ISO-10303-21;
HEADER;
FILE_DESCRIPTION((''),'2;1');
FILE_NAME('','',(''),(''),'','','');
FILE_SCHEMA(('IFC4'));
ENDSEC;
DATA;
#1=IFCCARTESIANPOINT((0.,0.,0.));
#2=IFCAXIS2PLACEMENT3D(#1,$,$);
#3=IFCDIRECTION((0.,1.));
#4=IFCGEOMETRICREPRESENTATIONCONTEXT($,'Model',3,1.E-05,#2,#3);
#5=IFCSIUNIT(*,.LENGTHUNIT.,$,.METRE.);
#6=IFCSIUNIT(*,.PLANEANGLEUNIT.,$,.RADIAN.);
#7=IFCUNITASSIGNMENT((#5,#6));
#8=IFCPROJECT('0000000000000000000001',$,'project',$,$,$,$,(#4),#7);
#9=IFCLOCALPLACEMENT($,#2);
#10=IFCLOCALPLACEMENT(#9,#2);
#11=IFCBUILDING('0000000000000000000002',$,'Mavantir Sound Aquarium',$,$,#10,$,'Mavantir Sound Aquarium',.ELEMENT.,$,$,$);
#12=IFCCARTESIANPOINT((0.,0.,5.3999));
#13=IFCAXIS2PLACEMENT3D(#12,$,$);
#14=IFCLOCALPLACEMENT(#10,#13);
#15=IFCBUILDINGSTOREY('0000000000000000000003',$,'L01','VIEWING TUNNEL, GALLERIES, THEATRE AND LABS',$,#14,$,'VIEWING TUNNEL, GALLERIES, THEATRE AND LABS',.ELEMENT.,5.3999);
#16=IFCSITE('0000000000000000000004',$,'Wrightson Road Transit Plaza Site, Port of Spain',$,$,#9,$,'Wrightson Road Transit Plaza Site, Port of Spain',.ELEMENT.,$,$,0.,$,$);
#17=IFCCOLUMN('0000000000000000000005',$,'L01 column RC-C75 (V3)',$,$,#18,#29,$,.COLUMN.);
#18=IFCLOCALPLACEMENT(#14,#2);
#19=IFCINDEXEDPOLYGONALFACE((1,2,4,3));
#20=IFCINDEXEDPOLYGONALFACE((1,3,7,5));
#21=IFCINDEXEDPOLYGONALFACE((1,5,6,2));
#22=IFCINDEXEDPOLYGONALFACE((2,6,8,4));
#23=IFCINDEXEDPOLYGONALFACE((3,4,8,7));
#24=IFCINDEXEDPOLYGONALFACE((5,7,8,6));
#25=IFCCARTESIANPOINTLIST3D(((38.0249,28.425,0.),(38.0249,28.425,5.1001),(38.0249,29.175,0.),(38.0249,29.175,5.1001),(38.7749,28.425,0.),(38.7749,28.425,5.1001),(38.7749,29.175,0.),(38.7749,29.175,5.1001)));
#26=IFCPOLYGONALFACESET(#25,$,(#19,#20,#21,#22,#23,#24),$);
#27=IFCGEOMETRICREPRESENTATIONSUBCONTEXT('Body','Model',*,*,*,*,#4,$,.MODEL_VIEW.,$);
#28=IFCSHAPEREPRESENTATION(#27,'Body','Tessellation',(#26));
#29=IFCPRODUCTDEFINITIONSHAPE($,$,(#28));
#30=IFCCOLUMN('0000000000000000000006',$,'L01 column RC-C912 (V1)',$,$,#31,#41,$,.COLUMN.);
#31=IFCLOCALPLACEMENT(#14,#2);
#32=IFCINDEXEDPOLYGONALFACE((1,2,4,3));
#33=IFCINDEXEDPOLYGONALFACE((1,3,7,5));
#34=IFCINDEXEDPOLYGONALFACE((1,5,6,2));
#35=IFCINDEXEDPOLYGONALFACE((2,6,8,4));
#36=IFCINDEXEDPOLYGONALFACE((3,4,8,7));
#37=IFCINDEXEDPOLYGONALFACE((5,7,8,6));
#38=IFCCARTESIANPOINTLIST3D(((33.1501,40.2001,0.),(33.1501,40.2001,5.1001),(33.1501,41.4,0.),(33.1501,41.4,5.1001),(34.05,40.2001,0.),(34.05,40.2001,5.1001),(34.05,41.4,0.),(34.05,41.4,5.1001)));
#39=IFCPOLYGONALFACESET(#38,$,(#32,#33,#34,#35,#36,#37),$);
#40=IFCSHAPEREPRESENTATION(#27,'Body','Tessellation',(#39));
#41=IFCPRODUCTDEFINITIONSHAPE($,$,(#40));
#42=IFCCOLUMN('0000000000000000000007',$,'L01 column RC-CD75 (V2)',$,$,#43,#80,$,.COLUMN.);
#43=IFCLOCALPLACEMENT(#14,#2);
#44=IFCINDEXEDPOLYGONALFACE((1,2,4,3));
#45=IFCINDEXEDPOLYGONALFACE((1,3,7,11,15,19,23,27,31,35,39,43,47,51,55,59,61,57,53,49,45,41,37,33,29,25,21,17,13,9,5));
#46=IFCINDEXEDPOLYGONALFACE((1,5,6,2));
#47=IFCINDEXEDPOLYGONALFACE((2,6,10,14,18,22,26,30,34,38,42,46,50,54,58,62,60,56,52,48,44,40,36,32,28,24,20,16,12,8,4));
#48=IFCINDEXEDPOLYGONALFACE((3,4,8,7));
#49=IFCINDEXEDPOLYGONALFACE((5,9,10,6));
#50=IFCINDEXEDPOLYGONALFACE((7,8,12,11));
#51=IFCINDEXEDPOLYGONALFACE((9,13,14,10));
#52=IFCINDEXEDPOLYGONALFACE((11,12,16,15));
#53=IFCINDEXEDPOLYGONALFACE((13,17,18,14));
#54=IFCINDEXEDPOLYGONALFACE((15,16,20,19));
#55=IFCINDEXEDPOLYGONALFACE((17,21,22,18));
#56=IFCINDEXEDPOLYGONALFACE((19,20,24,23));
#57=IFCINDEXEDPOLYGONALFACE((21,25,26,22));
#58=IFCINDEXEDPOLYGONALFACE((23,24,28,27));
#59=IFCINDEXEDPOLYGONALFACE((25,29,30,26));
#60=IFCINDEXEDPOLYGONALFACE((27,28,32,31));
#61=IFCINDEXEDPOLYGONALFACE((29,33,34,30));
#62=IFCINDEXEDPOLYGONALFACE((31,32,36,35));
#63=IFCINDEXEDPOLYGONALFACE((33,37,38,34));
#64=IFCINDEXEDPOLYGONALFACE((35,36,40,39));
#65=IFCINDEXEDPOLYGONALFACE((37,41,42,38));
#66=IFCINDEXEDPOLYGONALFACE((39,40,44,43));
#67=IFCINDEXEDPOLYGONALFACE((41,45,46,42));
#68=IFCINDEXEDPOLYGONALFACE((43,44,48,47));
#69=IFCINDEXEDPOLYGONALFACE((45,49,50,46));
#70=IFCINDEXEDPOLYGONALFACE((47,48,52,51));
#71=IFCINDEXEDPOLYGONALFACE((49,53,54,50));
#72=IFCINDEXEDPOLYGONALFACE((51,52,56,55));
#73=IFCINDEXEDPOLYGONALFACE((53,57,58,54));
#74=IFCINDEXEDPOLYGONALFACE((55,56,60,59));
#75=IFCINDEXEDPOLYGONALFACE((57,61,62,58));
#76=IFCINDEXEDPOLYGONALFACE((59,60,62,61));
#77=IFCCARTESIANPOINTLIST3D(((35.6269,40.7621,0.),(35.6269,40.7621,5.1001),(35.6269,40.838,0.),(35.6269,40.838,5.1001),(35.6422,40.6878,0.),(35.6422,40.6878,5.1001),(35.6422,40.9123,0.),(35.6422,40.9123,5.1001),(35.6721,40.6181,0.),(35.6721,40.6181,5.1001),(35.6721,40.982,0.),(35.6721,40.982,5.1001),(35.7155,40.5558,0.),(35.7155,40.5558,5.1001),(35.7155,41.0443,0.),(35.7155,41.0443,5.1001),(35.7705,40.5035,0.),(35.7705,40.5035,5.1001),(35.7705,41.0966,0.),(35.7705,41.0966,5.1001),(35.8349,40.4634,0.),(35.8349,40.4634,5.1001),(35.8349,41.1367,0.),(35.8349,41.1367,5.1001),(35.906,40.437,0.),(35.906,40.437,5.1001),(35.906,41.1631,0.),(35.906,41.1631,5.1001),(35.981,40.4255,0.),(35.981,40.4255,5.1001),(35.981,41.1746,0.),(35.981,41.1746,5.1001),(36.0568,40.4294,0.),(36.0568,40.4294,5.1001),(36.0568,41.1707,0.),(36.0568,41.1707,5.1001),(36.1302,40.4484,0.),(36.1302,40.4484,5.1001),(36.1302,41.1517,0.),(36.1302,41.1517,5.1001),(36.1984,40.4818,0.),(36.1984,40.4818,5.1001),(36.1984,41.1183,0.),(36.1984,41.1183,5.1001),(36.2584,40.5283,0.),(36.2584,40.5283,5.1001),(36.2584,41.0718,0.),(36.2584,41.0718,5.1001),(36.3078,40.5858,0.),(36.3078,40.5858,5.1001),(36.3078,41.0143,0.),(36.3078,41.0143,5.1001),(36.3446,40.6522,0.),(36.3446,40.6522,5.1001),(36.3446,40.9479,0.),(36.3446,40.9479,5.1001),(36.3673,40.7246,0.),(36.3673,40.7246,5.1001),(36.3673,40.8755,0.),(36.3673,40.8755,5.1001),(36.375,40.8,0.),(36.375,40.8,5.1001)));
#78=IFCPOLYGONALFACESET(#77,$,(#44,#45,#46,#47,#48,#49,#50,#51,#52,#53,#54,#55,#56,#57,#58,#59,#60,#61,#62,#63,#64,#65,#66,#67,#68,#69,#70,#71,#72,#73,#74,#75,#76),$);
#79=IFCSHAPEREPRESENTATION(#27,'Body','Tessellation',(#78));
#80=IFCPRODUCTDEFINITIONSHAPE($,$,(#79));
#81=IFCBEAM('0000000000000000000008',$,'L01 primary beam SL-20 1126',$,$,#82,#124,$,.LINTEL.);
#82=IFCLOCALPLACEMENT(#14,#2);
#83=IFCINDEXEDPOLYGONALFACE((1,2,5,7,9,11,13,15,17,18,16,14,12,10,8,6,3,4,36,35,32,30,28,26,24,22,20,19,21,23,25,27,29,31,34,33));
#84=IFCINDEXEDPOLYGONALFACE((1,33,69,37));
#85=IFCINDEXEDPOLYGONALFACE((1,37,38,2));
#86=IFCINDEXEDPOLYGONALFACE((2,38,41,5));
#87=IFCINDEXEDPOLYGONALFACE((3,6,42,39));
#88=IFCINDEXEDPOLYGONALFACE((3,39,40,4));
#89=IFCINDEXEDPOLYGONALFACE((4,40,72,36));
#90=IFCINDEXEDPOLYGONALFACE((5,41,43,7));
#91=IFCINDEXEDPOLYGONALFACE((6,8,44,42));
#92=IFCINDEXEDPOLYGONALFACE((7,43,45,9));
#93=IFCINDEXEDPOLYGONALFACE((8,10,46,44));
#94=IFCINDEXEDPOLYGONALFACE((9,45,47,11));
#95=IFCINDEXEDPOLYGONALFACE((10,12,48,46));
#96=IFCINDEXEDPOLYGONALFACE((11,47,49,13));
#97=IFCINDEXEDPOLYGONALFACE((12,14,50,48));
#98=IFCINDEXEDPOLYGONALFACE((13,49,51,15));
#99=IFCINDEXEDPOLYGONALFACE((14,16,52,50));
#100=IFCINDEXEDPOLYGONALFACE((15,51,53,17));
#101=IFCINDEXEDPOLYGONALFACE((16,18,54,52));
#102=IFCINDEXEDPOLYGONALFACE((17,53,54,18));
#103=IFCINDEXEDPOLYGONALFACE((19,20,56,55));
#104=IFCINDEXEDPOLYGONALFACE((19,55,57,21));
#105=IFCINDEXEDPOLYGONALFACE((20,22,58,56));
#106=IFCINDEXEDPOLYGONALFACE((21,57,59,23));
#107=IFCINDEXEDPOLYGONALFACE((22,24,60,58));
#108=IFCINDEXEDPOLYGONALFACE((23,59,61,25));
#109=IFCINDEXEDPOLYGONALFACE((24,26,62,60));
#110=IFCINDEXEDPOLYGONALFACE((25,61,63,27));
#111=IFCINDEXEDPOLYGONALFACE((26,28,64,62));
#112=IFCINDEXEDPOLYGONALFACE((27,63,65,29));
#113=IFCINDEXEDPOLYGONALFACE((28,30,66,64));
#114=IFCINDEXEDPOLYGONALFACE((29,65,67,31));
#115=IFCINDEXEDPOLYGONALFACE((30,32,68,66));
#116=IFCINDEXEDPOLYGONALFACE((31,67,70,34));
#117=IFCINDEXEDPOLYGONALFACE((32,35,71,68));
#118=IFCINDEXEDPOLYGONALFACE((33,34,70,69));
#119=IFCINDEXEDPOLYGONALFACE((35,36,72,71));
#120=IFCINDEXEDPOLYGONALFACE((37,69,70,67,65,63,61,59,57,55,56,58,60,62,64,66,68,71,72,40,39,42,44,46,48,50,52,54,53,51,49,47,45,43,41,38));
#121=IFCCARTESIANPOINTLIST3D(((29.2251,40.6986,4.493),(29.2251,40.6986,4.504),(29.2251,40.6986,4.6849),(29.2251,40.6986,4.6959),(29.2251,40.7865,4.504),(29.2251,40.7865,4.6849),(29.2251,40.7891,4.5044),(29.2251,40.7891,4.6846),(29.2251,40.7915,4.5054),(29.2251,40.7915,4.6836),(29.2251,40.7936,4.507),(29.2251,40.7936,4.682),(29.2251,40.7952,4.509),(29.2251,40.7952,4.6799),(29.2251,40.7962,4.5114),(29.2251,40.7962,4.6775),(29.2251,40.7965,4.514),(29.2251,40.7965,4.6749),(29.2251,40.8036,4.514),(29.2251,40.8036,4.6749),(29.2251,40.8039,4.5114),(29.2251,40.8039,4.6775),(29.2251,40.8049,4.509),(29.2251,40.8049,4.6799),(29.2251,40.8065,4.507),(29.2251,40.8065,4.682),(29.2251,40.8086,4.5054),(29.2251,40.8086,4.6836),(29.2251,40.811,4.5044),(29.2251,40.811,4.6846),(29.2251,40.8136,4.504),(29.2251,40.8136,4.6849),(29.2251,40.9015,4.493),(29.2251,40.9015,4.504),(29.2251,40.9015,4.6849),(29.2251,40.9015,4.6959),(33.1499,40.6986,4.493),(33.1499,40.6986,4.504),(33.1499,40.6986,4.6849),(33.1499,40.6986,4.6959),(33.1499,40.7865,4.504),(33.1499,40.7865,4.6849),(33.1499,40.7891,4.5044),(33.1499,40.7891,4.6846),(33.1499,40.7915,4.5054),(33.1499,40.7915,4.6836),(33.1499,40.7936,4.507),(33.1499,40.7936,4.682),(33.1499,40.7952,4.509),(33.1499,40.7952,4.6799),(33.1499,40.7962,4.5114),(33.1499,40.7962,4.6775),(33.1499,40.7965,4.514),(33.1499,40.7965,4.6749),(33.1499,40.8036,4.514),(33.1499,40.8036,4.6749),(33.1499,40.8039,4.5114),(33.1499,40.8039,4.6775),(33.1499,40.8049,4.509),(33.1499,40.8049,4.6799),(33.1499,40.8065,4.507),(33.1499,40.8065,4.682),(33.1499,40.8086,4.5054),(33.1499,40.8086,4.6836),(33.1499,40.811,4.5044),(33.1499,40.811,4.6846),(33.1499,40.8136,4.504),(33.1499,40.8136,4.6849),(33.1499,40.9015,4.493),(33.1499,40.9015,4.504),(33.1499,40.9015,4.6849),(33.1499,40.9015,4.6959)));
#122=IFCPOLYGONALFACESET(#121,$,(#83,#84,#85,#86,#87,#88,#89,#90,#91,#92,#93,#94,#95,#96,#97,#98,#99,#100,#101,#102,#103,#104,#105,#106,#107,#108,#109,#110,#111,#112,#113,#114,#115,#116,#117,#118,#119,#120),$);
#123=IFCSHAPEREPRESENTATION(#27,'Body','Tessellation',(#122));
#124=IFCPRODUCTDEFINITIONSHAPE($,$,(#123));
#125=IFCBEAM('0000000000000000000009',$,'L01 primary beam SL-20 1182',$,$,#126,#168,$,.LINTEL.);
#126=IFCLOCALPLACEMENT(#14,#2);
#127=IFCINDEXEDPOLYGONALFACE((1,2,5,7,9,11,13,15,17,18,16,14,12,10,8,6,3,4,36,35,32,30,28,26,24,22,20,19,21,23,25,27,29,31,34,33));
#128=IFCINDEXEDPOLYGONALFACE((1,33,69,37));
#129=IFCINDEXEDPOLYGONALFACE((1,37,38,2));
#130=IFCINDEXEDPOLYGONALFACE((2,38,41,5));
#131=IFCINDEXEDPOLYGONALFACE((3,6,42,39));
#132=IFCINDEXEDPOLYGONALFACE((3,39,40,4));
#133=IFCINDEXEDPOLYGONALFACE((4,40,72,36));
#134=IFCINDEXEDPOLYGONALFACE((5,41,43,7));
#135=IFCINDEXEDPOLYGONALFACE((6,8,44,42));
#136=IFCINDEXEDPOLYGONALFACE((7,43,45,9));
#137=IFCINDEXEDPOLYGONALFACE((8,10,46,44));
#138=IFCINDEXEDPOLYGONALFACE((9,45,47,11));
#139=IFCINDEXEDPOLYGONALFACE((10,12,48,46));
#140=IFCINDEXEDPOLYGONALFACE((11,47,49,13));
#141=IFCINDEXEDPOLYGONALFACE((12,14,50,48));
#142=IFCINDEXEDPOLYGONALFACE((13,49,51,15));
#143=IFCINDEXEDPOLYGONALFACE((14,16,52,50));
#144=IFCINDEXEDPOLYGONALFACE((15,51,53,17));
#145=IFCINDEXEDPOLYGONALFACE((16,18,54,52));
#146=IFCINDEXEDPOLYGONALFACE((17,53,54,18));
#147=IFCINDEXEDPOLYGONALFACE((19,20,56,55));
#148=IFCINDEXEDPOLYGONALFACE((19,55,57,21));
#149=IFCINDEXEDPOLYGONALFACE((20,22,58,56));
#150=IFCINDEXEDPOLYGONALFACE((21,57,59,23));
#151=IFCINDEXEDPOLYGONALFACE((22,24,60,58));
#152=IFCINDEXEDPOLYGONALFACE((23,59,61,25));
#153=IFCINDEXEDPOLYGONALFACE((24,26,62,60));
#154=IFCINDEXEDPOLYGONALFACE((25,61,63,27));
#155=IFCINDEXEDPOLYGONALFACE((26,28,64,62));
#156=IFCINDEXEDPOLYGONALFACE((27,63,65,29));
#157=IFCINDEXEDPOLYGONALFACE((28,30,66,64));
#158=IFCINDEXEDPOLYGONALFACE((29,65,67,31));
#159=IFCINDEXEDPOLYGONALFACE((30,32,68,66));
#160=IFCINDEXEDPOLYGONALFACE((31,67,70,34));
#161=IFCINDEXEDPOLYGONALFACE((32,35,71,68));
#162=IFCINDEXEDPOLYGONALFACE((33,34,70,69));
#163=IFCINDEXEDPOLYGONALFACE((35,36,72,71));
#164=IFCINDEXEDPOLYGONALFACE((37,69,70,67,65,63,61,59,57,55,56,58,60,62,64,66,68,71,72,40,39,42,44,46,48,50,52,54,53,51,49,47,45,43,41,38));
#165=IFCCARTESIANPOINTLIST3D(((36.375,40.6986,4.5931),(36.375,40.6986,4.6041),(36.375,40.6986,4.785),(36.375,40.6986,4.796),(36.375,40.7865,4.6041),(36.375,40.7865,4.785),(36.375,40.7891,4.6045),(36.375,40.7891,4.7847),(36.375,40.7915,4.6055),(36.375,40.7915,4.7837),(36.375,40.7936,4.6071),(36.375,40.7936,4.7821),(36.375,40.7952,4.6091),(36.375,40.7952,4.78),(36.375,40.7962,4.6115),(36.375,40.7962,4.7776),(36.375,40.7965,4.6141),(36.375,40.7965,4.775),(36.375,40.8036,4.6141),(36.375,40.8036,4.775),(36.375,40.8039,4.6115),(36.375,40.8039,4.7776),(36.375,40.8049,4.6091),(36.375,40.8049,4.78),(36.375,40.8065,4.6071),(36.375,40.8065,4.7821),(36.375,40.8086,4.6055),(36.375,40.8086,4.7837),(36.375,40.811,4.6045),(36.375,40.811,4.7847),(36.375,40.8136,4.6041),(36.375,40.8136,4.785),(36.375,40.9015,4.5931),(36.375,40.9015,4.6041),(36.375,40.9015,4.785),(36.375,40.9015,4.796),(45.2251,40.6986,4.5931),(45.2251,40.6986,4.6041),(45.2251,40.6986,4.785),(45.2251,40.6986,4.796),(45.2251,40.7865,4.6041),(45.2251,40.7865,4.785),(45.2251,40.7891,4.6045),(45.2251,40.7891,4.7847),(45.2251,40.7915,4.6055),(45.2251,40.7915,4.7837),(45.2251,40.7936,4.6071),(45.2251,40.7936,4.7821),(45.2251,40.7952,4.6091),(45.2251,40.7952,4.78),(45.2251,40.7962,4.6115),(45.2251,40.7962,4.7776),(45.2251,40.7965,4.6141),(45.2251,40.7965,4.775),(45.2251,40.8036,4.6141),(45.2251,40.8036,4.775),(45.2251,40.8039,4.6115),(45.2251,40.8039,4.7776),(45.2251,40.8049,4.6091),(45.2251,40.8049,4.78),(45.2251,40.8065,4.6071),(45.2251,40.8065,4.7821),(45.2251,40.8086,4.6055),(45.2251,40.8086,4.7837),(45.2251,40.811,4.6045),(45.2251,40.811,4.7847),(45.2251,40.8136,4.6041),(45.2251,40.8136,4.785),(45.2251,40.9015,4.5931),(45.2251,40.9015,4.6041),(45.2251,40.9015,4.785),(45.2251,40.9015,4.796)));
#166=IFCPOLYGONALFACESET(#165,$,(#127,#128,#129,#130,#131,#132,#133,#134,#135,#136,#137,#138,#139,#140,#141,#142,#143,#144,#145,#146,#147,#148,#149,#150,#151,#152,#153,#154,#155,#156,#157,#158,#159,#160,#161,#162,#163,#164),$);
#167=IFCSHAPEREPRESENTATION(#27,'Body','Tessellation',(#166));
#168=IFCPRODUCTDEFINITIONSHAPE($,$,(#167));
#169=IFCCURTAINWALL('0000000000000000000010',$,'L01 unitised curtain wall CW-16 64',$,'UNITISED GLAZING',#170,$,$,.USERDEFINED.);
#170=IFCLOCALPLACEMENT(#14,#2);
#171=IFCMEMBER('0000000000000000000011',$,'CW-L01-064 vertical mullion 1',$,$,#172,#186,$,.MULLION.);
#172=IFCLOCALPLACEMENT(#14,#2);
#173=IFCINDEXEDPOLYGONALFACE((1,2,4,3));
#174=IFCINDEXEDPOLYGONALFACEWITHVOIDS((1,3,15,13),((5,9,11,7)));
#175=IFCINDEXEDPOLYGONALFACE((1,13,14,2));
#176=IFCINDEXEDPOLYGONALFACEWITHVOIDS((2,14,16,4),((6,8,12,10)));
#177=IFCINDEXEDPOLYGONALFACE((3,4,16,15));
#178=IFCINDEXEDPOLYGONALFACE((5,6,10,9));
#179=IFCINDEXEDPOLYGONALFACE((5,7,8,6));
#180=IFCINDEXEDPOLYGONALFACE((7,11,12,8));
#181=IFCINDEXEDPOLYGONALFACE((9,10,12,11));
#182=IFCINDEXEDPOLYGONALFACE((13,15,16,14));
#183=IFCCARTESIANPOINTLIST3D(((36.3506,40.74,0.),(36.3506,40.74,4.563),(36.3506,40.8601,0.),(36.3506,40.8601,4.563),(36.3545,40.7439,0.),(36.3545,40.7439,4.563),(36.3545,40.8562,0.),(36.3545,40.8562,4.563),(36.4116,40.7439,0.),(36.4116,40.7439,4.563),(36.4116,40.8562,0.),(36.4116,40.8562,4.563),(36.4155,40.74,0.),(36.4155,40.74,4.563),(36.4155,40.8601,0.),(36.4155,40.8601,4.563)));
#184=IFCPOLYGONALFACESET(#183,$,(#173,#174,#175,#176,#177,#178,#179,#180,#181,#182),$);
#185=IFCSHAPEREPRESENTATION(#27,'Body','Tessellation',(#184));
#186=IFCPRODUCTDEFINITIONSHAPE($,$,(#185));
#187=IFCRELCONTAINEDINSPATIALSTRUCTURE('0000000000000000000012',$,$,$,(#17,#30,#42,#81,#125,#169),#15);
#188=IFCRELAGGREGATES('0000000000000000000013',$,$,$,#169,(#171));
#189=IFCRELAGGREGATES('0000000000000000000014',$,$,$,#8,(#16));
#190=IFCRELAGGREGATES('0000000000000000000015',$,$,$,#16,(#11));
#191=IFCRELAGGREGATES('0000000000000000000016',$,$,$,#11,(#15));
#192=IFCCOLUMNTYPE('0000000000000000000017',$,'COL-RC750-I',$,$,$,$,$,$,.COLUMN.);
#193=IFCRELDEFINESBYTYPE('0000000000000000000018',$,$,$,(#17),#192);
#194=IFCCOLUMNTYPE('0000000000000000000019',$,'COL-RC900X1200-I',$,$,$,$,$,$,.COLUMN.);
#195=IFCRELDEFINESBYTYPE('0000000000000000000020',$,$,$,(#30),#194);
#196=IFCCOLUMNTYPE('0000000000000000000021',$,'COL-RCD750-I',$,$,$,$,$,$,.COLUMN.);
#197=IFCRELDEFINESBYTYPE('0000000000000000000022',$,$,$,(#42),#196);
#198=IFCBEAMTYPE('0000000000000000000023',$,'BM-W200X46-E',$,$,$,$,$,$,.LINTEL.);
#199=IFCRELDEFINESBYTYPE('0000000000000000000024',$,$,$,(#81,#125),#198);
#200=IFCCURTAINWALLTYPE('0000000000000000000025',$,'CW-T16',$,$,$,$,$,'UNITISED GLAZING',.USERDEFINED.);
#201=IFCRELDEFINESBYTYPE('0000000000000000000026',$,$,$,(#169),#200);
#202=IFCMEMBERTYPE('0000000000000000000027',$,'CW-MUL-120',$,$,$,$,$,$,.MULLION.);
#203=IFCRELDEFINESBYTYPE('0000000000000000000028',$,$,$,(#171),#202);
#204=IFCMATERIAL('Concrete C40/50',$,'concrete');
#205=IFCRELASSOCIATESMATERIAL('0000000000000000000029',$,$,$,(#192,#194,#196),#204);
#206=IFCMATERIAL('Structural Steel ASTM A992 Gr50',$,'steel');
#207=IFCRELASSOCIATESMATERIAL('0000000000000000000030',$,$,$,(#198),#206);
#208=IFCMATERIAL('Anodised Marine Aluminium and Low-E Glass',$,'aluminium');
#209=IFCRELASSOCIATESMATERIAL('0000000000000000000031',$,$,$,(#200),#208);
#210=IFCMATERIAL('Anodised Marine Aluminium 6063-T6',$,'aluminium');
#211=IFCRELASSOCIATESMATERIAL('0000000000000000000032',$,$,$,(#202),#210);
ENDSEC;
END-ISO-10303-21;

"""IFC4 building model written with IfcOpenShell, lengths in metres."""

from ifc_helpers import new_model, si_unit, direction, frame, origin, origin_2d, place, context, subcontext, project, spatial, rectangle, hollow_rectangle, circle, i_section, extrude, material, material_profile, profile_set, type_object, element, aggregate, save


model = new_model("IFC4")

# Units and contexts
model_context = context("Model", 3, precision=1e-05, world=origin(), true_north=direction((0.0, 1.0)))
body_context = subcontext(model_context, "Body", "Model", "MODEL_VIEW")
ifc_project = project(units=[si_unit("LENGTHUNIT", "METRE"), si_unit("PLANEANGLEUNIT", "RADIAN")], contexts=[model_context])

# Site, building, storey
site_placement = place(None, origin())
site = spatial("IfcSite", under=ifc_project, at=site_placement, Name="Wrightson Road Transit Plaza Site, Port of Spain", LongName="Wrightson Road Transit Plaza Site, Port of Spain", CompositionType="ELEMENT", RefElevation=0.0)
building_placement = place(site_placement, origin())
building = spatial("IfcBuilding", under=site, at=building_placement, Name="Mavantir Sound Aquarium", LongName="Mavantir Sound Aquarium", CompositionType="ELEMENT")
storey_placement = place(building_placement, frame((0.0, 0.0, 5.3999)))
storey = spatial("IfcBuildingStorey", under=building, at=storey_placement, Name="L01", Description="VIEWING TUNNEL, GALLERIES, THEATRE AND LABS", LongName="VIEWING TUNNEL, GALLERIES, THEATRE AND LABS", CompositionType="ELEMENT", Elevation=5.3999)

# Columns
ifc_material_1 = material(Name="Concrete C40/50", Category="concrete")
ifc_material_profile_1 = material_profile(ifc_material_1, rectangle(XDim=0.75, YDim=0.75, at=origin_2d()), Name="RC 750X750")
ifc_profile_set_1 = profile_set([ifc_material_profile_1], Name="Concrete C40/50")
column_type_1 = type_object("IfcColumnType", Name="COL-RC750-I", PredefinedType="COLUMN", material=ifc_profile_set_1)
column_1_placement = place(storey_placement, frame((38.3999, 28.8, 0.0), z_axis=(0.0, 0.0, 1.0), x_axis=(1.0, 0.0, 0.0)))
element("IfcColumn", 1, at=column_1_placement, inside=storey, type_object=column_type_1, Name="L01 column RC-C75 (V3)", PredefinedType="COLUMN", context=body_context, shape_type="SweptSolid", body=[
    extrude(rectangle(XDim=0.75, YDim=0.75, at=origin_2d()), origin(), (0.0, 0.0, 1.0), 5.1001),
])
ifc_material_profile_2 = material_profile(ifc_material_1, rectangle(XDim=0.8999, YDim=1.2, at=origin_2d()), Name="RC 900X1200")
ifc_profile_set_2 = profile_set([ifc_material_profile_2], Name="Concrete C40/50")
column_type_2 = type_object("IfcColumnType", Name="COL-RC900X1200-I", PredefinedType="COLUMN", material=ifc_profile_set_2)
column_2_placement = place(storey_placement, frame((33.6001, 40.8, 0.0), z_axis=(0.0, 0.0, 1.0), x_axis=(1.0, 0.0, 0.0)))
element("IfcColumn", 2, at=column_2_placement, inside=storey, type_object=column_type_2, Name="L01 column RC-C912 (V1)", PredefinedType="COLUMN", context=body_context, shape_type="SweptSolid", body=[
    extrude(rectangle(XDim=0.8999, YDim=1.2, at=origin_2d()), origin(), (0.0, 0.0, 1.0), 5.1001),
])
ifc_material_profile_3 = material_profile(ifc_material_1, circle(Radius=0.375, at=origin_2d()), Name="RC D750")
ifc_profile_set_3 = profile_set([ifc_material_profile_3], Name="Concrete C40/50")
column_type_3 = type_object("IfcColumnType", Name="COL-RCD750-I", PredefinedType="COLUMN", material=ifc_profile_set_3)
column_3_placement = place(storey_placement, frame((36.0, 40.8, 0.0), z_axis=(0.0, 0.0, 1.0), x_axis=(1.0, 0.0, 0.0)))
element("IfcColumn", 3, at=column_3_placement, inside=storey, type_object=column_type_3, Name="L01 column RC-CD75 (V2)", PredefinedType="COLUMN", context=body_context, shape_type="SweptSolid", body=[
    extrude(circle(Radius=0.375, at=origin_2d()), origin(), (0.0, 0.0, 1.0), 5.1001),
])

# Beams
ifc_material_2 = material(Name="Structural Steel ASTM A992 Gr50", Category="steel")
ifc_material_profile_4 = material_profile(ifc_material_2, i_section(OverallWidth=0.2029, OverallDepth=0.2029, WebThickness=0.0071, FlangeThickness=0.011, FilletRadius=0.01, at=origin_2d()), Name="W200X46")
ifc_profile_set_4 = profile_set([ifc_material_profile_4], Name="Structural Steel ASTM A992 Gr50")
beam_type = type_object("IfcBeamType", Name="BM-W200X46-E", PredefinedType="LINTEL", material=ifc_profile_set_4)
beam_1_placement = place(storey_placement, frame((29.2251, 40.8, 4.5945), z_axis=(1.0, 0.0, 0.0), x_axis=(0.0, 1.0, 0.0)))
element("IfcBeam", 4, at=beam_1_placement, inside=storey, type_object=beam_type, Name="L01 primary beam SL-20 1126", PredefinedType="LINTEL", context=body_context, shape_type="SweptSolid", body=[
    extrude(i_section(OverallWidth=0.2029, OverallDepth=0.2029, WebThickness=0.0071, FlangeThickness=0.011, FilletRadius=0.01, at=origin_2d()), origin(), (0.0, 0.0, 1.0), 3.9248),
])
beam_2_placement = place(storey_placement, frame((36.375, 40.8, 4.6946), z_axis=(1.0, 0.0, 0.0), x_axis=(0.0, 1.0, 0.0)))
element("IfcBeam", 5, at=beam_2_placement, inside=storey, type_object=beam_type, Name="L01 primary beam SL-20 1182", PredefinedType="LINTEL", context=body_context, shape_type="SweptSolid", body=[
    extrude(i_section(OverallWidth=0.2029, OverallDepth=0.2029, WebThickness=0.0071, FlangeThickness=0.011, FilletRadius=0.01, at=origin_2d()), origin(), (0.0, 0.0, 1.0), 8.8501),
])

# Curtain wall, member
ifc_material_3 = material(Name="Anodised Marine Aluminium and Low-E Glass", Category="aluminium")
curtain_wall_type_1 = type_object("IfcCurtainWallType", Name="CW-T16", ElementType="UNITISED GLAZING", PredefinedType="USERDEFINED", material=ifc_material_3)
curtain_wall_1_placement = place(storey_placement, origin())
curtain_wall_1 = element("IfcCurtainWall", 6, at=curtain_wall_1_placement, inside=storey, type_object=curtain_wall_type_1, Name="L01 unitised curtain wall CW-16 64", ObjectType="UNITISED GLAZING", PredefinedType="USERDEFINED")
ifc_material_4 = material(Name="Anodised Marine Aluminium 6063-T6", Category="aluminium")
ifc_material_profile_5 = material_profile(ifc_material_4, hollow_rectangle(XDim=0.0649, YDim=0.1201, WallThickness=0.0039, at=origin_2d()), Name="ALU-MULLION-120X65")
ifc_profile_set_5 = profile_set([ifc_material_profile_5], Name="Anodised Marine Aluminium 6063-T6")
member_type_1 = type_object("IfcMemberType", Name="CW-MUL-120", PredefinedType="MULLION", material=ifc_profile_set_5)
member_1_placement = place(storey_placement, frame((36.3831, 40.8, 0.0), z_axis=(0.0, 0.0, 1.0), x_axis=(1.0, 0.0, 0.0)))
member_1 = element("IfcMember", 7, at=member_1_placement, type_object=member_type_1, Name="CW-L01-064 vertical mullion 1", PredefinedType="MULLION", context=body_context, shape_type="SweptSolid", body=[
    extrude(hollow_rectangle(XDim=0.0649, YDim=0.1201, WallThickness=0.0039, at=origin_2d()), origin(), (0.0, 0.0, 1.0), 4.563),
])

aggregate(curtain_wall_1, [member_1])

save(model, "model.ifc")
